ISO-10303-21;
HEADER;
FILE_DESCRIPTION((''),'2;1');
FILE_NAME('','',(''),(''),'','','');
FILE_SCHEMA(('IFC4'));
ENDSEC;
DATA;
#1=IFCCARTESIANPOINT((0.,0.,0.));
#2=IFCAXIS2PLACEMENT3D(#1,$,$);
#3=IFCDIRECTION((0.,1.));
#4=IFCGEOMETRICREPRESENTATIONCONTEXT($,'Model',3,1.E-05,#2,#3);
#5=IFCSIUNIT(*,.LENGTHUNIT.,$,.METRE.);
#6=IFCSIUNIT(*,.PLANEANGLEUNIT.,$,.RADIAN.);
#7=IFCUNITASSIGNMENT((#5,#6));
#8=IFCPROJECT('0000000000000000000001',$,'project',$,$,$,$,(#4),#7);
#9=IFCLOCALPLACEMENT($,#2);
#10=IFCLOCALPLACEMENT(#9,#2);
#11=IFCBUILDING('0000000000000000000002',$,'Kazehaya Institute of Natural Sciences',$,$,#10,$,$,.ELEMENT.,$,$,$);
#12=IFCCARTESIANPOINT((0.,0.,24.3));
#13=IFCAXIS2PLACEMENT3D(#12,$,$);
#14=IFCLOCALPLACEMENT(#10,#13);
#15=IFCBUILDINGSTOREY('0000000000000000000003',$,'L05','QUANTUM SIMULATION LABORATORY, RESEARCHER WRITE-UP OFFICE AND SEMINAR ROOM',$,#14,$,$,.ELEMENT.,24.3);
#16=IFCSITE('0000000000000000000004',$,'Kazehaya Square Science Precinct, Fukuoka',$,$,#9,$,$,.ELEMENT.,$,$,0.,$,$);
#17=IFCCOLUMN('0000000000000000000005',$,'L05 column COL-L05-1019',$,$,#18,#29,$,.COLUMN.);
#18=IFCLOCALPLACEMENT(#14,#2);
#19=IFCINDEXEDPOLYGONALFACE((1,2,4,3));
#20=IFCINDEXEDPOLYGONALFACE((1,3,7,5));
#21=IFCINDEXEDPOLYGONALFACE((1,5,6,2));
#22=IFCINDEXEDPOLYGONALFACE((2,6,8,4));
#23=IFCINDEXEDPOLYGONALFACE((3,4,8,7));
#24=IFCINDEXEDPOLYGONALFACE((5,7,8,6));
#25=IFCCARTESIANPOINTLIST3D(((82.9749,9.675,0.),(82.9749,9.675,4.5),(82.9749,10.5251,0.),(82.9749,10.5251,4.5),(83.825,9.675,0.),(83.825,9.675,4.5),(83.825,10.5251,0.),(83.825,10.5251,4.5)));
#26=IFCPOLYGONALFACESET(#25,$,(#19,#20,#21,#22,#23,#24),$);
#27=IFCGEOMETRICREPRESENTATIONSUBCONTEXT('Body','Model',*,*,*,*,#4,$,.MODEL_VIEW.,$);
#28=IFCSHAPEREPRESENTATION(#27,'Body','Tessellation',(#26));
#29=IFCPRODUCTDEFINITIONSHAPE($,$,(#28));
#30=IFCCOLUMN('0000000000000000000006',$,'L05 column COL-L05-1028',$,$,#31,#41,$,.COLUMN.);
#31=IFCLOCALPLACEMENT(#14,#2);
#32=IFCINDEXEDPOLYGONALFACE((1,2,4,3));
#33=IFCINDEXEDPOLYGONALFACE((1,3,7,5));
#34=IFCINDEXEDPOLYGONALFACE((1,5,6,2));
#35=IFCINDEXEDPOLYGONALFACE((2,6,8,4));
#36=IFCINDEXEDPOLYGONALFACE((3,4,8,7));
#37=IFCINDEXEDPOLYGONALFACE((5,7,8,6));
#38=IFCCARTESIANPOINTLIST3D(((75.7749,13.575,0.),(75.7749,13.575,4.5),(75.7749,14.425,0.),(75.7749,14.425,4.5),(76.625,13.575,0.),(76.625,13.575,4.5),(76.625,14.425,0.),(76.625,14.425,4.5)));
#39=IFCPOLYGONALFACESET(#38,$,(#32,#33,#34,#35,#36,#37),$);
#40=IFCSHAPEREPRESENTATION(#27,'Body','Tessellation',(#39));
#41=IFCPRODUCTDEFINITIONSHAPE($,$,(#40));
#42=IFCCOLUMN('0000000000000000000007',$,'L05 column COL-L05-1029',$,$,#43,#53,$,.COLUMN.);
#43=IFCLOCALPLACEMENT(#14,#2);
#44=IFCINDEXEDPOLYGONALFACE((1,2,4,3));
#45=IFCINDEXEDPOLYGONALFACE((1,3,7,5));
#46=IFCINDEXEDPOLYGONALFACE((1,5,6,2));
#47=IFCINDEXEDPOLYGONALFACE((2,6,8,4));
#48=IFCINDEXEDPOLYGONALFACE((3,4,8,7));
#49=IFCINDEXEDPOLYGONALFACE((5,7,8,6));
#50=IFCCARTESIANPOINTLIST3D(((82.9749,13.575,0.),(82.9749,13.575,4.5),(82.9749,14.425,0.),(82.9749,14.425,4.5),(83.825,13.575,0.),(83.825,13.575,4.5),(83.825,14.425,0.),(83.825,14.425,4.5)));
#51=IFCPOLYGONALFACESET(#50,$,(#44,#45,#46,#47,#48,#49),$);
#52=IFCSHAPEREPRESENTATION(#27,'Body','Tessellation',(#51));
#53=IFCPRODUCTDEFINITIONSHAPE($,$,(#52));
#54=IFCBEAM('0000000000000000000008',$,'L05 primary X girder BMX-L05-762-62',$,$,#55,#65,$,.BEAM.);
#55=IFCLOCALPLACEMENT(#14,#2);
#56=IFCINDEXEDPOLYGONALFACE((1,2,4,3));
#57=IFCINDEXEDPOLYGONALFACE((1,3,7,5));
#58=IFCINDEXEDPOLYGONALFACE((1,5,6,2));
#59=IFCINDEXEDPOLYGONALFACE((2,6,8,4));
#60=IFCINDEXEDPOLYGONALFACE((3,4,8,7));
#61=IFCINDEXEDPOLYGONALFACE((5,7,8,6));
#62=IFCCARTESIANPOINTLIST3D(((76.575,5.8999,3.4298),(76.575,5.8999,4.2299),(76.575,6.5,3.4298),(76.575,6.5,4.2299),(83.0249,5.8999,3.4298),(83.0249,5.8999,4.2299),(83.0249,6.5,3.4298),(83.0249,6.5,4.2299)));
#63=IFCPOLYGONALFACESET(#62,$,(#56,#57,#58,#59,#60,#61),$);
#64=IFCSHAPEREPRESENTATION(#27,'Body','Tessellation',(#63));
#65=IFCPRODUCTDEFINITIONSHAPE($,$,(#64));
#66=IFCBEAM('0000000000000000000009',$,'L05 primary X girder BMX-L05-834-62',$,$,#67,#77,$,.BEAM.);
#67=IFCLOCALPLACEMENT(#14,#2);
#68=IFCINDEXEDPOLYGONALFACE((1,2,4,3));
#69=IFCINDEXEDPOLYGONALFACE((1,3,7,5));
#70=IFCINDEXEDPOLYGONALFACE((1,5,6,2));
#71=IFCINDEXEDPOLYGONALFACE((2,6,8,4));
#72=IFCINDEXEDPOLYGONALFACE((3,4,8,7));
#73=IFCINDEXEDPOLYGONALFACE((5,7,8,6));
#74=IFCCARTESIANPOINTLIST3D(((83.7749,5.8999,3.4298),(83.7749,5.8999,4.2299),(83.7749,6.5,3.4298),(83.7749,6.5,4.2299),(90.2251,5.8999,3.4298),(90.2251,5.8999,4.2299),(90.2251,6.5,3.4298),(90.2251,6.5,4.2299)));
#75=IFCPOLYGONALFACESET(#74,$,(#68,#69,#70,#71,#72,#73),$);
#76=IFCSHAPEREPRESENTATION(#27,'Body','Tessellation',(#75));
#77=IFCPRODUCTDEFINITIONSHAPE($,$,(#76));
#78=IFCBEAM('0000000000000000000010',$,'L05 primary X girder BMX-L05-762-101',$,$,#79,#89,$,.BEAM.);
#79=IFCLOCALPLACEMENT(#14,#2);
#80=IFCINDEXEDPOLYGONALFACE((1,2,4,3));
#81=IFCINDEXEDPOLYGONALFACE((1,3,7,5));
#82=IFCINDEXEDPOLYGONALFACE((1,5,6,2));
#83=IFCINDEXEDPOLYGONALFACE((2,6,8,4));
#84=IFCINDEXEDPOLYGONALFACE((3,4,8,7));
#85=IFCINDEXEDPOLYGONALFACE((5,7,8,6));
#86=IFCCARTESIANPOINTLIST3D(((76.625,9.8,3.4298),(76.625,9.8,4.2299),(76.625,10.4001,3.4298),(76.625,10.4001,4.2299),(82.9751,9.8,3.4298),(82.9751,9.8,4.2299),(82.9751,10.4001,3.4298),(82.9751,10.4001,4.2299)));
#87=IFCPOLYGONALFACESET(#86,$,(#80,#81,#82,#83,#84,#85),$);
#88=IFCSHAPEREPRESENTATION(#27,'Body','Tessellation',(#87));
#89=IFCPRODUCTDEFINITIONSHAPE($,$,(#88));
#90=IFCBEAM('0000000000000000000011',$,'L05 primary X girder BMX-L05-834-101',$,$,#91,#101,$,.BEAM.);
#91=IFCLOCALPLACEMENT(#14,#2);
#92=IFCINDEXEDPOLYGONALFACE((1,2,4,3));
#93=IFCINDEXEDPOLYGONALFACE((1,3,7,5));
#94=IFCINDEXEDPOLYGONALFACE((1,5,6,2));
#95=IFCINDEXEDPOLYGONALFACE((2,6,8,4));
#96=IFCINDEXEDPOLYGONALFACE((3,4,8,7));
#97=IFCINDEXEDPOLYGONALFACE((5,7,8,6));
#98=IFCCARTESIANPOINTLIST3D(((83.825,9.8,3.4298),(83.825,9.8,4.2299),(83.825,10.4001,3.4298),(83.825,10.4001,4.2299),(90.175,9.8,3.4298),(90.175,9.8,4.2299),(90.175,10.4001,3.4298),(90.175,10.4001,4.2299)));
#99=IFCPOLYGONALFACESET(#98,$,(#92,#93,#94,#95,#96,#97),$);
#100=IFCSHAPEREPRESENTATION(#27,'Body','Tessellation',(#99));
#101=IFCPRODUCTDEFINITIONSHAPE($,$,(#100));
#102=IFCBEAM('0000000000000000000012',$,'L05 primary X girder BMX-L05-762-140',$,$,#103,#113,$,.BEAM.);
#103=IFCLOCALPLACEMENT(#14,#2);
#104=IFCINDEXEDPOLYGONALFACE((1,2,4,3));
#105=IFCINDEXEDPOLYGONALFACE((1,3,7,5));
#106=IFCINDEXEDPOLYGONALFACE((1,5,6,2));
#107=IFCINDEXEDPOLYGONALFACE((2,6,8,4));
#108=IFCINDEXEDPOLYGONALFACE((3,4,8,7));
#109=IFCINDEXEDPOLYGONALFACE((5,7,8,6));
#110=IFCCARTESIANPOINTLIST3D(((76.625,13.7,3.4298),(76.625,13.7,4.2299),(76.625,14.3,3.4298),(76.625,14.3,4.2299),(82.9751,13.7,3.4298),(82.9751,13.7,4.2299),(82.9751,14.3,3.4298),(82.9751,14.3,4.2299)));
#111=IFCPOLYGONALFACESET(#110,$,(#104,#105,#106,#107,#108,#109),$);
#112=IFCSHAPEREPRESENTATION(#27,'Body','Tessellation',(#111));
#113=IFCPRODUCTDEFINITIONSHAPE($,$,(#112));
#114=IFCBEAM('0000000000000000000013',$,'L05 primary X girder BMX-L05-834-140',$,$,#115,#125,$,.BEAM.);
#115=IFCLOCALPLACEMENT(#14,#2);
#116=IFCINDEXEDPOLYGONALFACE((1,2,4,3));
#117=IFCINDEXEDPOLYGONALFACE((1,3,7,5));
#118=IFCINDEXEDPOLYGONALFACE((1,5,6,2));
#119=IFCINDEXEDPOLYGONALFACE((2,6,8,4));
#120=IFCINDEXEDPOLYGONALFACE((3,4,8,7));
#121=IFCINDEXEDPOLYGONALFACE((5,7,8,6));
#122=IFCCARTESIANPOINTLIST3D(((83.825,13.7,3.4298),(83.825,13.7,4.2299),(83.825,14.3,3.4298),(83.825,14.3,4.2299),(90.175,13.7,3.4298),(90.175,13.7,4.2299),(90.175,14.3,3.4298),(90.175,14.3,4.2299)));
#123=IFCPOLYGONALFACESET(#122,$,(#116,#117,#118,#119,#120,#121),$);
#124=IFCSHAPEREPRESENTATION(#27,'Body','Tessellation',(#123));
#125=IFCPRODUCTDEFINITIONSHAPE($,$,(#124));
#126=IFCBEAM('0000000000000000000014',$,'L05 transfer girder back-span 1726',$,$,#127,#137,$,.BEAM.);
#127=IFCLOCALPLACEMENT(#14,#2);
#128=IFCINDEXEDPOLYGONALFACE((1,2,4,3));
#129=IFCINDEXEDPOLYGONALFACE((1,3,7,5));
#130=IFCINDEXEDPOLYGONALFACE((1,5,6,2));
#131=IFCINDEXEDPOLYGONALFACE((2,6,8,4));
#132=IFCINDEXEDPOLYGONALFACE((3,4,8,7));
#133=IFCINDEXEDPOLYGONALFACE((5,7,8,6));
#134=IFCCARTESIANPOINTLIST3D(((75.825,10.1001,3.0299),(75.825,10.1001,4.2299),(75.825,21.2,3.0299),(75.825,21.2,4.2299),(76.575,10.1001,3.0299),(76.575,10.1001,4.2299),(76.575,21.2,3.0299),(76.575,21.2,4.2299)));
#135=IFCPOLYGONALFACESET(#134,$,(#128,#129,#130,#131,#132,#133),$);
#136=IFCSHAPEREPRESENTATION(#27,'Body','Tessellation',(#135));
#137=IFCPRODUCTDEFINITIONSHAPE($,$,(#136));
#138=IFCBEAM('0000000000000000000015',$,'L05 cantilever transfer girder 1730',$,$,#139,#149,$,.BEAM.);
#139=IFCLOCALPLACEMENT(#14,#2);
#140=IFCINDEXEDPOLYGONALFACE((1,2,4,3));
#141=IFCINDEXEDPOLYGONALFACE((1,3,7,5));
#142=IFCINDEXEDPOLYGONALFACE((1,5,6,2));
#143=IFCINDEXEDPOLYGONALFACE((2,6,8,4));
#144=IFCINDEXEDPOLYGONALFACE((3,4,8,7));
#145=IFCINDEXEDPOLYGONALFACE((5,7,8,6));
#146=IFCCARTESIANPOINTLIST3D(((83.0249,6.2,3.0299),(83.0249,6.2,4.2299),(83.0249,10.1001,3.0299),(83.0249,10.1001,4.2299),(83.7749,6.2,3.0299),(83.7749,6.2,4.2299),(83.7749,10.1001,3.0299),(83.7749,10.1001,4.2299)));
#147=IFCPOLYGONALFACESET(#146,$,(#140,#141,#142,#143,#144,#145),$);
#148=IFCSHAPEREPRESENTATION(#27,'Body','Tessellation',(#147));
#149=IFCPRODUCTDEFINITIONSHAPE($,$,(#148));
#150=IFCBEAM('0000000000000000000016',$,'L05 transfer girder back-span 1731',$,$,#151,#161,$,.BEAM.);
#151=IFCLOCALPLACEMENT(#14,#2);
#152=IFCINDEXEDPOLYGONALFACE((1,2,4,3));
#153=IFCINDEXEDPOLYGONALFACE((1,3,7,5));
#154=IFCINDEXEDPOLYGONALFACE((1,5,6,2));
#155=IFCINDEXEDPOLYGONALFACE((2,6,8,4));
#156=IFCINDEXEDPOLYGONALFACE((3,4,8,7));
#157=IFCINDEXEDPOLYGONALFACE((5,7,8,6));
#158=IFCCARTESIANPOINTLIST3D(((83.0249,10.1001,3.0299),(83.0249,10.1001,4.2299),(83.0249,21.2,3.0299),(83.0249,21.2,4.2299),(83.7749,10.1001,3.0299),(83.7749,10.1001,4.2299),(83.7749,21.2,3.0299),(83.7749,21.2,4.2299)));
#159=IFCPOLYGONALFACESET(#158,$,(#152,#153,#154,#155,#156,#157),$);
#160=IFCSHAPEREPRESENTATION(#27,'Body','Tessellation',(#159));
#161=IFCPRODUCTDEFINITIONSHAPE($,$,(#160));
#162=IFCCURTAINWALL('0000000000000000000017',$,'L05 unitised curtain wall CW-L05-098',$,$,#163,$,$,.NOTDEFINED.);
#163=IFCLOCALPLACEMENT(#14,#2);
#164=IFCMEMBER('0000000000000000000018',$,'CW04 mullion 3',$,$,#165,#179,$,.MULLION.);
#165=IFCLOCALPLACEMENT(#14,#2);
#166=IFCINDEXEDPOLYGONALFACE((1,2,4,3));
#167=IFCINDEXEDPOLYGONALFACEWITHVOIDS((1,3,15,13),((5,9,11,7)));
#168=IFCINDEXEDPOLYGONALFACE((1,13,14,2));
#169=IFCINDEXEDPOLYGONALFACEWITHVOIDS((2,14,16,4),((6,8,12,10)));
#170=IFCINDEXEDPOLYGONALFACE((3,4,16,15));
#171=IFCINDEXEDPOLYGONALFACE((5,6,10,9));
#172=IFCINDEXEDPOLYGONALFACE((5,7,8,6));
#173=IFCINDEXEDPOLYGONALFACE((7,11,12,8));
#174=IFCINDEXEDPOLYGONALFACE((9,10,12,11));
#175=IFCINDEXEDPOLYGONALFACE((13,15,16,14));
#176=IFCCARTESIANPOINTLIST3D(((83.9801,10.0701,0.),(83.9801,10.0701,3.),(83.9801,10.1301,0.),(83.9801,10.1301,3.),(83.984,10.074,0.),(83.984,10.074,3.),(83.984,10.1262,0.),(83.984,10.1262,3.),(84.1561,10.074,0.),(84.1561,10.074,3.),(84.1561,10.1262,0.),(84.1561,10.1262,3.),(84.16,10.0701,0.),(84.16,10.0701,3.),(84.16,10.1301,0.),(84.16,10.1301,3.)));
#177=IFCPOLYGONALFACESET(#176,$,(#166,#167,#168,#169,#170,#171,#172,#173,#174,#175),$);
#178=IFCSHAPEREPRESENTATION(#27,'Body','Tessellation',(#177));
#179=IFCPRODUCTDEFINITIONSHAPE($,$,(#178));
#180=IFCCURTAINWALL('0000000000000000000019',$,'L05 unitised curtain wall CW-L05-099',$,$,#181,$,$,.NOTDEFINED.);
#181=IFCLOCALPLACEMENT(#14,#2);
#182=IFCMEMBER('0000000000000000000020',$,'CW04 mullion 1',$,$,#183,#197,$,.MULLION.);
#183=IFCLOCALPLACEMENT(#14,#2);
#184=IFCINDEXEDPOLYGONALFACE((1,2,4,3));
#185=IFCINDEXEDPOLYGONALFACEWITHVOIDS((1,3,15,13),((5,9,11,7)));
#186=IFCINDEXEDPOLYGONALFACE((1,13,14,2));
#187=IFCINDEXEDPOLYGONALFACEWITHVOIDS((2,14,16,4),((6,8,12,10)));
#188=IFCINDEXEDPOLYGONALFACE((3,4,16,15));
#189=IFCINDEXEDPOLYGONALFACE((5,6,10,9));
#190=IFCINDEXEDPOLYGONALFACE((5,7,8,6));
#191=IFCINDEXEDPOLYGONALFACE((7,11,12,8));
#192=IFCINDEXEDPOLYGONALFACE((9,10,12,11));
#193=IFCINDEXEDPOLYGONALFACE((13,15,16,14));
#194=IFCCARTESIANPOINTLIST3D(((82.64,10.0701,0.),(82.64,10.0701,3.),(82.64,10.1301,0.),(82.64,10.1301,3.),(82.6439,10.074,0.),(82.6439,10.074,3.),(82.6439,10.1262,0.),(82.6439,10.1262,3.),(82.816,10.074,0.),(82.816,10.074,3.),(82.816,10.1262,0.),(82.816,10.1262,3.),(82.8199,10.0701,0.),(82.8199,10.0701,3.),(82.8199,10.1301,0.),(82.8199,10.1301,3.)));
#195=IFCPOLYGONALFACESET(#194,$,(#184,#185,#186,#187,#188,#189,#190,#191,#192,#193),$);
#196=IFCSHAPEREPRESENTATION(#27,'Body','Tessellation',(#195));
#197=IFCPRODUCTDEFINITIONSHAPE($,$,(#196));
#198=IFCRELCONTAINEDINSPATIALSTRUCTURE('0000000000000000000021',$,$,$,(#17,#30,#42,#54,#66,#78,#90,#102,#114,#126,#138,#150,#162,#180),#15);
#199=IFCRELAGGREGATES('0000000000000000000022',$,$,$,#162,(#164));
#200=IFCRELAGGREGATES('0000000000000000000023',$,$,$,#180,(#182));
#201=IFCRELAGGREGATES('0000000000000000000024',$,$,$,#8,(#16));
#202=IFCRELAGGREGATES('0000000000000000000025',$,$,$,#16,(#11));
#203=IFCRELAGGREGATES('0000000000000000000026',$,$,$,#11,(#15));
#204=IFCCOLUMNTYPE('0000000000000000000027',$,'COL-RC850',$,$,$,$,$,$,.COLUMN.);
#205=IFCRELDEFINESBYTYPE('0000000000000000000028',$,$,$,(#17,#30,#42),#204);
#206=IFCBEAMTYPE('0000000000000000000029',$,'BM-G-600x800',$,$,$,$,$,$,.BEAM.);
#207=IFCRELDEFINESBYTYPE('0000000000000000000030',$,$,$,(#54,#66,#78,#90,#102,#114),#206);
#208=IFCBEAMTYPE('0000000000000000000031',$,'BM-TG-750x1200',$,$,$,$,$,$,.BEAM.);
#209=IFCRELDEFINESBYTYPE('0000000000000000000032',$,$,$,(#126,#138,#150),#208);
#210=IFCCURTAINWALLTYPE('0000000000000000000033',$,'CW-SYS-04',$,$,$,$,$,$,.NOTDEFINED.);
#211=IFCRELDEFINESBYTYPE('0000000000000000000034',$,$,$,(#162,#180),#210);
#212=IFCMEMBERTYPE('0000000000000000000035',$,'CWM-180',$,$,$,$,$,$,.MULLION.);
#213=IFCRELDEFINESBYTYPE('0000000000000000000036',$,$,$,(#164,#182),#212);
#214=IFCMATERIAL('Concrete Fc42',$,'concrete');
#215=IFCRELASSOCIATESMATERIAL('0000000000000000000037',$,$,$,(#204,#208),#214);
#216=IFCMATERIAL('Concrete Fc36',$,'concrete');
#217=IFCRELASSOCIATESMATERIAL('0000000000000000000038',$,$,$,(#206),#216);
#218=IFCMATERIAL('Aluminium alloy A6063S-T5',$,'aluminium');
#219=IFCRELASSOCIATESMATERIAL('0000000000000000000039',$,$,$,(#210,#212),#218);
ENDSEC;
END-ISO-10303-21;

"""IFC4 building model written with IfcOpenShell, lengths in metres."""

from ifc_helpers import new_model, si_unit, direction, frame, origin, origin_2d, place, context, subcontext, project, spatial, rectangle, hollow_rectangle, extrude, material, material_profile, profile_set, type_object, element, aggregate, save


model = new_model("IFC4")

# Units and contexts
model_context = context("Model", 3, precision=1e-05, world=origin(), true_north=direction((0.0, 1.0)))
body_context = subcontext(model_context, "Body", "Model", "MODEL_VIEW")
ifc_project = project(units=[si_unit("LENGTHUNIT", "METRE"), si_unit("PLANEANGLEUNIT", "RADIAN")], contexts=[model_context])

# Site, building, storey
site_placement = place(None, origin())
site = spatial("IfcSite", under=ifc_project, at=site_placement, Name="Kazehaya Square Science Precinct, Fukuoka", CompositionType="ELEMENT", RefElevation=0.0)
building_placement = place(site_placement, origin())
building = spatial("IfcBuilding", under=site, at=building_placement, Name="Kazehaya Institute of Natural Sciences", CompositionType="ELEMENT")
storey_placement = place(building_placement, frame((0.0, 0.0, 24.3)))
storey = spatial("IfcBuildingStorey", under=building, at=storey_placement, Name="L05", Description="QUANTUM SIMULATION LABORATORY, RESEARCHER WRITE-UP OFFICE AND SEMINAR ROOM", CompositionType="ELEMENT", Elevation=24.3)

# Columns
ifc_material_1 = material(Name="Concrete Fc42", Category="concrete")
ifc_material_profile_1 = material_profile(ifc_material_1, rectangle(XDim=0.8501, YDim=0.8501, at=origin_2d()), Name="RC-850x850")
ifc_profile_set_1 = profile_set([ifc_material_profile_1], Name="Concrete Fc42")
column_type = type_object("IfcColumnType", Name="COL-RC850", PredefinedType="COLUMN", material=ifc_profile_set_1)
for number, where, z_axis, x_axis, name in (
    (1, (83.3999, 10.1001, 0.0), (0.0, 0.0, 1.0), (1.0, 0.0, 0.0), "L05 column COL-L05-1019"),
    (2, (76.2, 14.0, 0.0), (0.0, 0.0, 1.0), (1.0, 0.0, 0.0), "L05 column COL-L05-1028"),
    (3, (83.3999, 14.0, 0.0), (0.0, 0.0, 1.0), (1.0, 0.0, 0.0), "L05 column COL-L05-1029"),
):
    element("IfcColumn", number, at=place(storey_placement, frame(where, z_axis=z_axis, x_axis=x_axis)), inside=storey, type_object=column_type, Name=name, PredefinedType="COLUMN", context=body_context, shape_type="SweptSolid", body=[
        extrude(rectangle(XDim=0.8501, YDim=0.8501, at=origin_2d()), origin(), (0.0, 0.0, 1.0), 4.5),
    ])

# Beams
ifc_material_2 = material(Name="Concrete Fc36", Category="concrete")
ifc_material_profile_2 = material_profile(ifc_material_2, rectangle(XDim=0.6001, YDim=0.8, at=origin_2d()), Name="RC-600x800")
ifc_profile_set_2 = profile_set([ifc_material_profile_2], Name="Concrete Fc36")
beam_type_1 = type_object("IfcBeamType", Name="BM-G-600x800", PredefinedType="BEAM", material=ifc_profile_set_2)
beam_1_placement = place(storey_placement, frame((76.575, 6.2, 3.8298), z_axis=(1.0, 0.0, 0.0), x_axis=(0.0, 1.0, 0.0)))
element("IfcBeam", 4, at=beam_1_placement, inside=storey, type_object=beam_type_1, Name="L05 primary X girder BMX-L05-762-62", PredefinedType="BEAM", context=body_context, shape_type="SweptSolid", body=[
    extrude(rectangle(XDim=0.6001, YDim=0.8, at=origin_2d()), origin(), (0.0, 0.0, 1.0), 6.45),
])
beam_2_placement = place(storey_placement, frame((83.7749, 6.2, 3.8298), z_axis=(1.0, 0.0, 0.0), x_axis=(0.0, 1.0, 0.0)))
element("IfcBeam", 5, at=beam_2_placement, inside=storey, type_object=beam_type_1, Name="L05 primary X girder BMX-L05-834-62", PredefinedType="BEAM", context=body_context, shape_type="SweptSolid", body=[
    extrude(rectangle(XDim=0.6001, YDim=0.8, at=origin_2d()), origin(), (0.0, 0.0, 1.0), 6.4502),
])
for number, where, z_axis, x_axis, name in (
    (6, (76.625, 10.1001, 3.8298), (1.0, 0.0, 0.0), (0.0, 1.0, 0.0), "L05 primary X girder BMX-L05-762-101"),
    (7, (83.825, 10.1001, 3.8298), (1.0, 0.0, 0.0), (0.0, 1.0, 0.0), "L05 primary X girder BMX-L05-834-101"),
    (8, (76.625, 14.0, 3.8298), (1.0, 0.0, 0.0), (0.0, 1.0, 0.0), "L05 primary X girder BMX-L05-762-140"),
    (9, (83.825, 14.0, 3.8298), (1.0, 0.0, 0.0), (0.0, 1.0, 0.0), "L05 primary X girder BMX-L05-834-140"),
):
    element("IfcBeam", number, at=place(storey_placement, frame(where, z_axis=z_axis, x_axis=x_axis)), inside=storey, type_object=beam_type_1, Name=name, PredefinedType="BEAM", context=body_context, shape_type="SweptSolid", body=[
        extrude(rectangle(XDim=0.6001, YDim=0.8, at=origin_2d()), origin(), (0.0, 0.0, 1.0), 6.3501),
    ])
ifc_material_profile_3 = material_profile(ifc_material_1, rectangle(XDim=0.75, YDim=1.2, at=origin_2d()), Name="RC-750x1200")
ifc_profile_set_3 = profile_set([ifc_material_profile_3], Name="Concrete Fc42")
beam_type_2 = type_object("IfcBeamType", Name="BM-TG-750x1200", PredefinedType="BEAM", material=ifc_profile_set_3)
beam_3_placement = place(storey_placement, frame((76.2, 10.1001, 3.6299), z_axis=(0.0, 1.0, 0.0), x_axis=(-1.0, 0.0, 0.0)))
element("IfcBeam", 10, at=beam_3_placement, inside=storey, type_object=beam_type_2, Name="L05 transfer girder back-span 1726", PredefinedType="BEAM", context=body_context, shape_type="SweptSolid", body=[
    extrude(rectangle(XDim=0.75, YDim=1.2, at=origin_2d()), origin(), (0.0, 0.0, 1.0), 11.0999),
])
beam_4_placement = place(storey_placement, frame((83.3999, 6.2, 3.6299), z_axis=(0.0, 1.0, 0.0), x_axis=(-1.0, 0.0, 0.0)))
element("IfcBeam", 11, at=beam_4_placement, inside=storey, type_object=beam_type_2, Name="L05 cantilever transfer girder 1730", PredefinedType="BEAM", context=body_context, shape_type="SweptSolid", body=[
    extrude(rectangle(XDim=0.75, YDim=1.2, at=origin_2d()), origin(), (0.0, 0.0, 1.0), 3.9001),
])
beam_5_placement = place(storey_placement, frame((83.3999, 10.1001, 3.6299), z_axis=(0.0, 1.0, 0.0), x_axis=(-1.0, 0.0, 0.0)))
element("IfcBeam", 12, at=beam_5_placement, inside=storey, type_object=beam_type_2, Name="L05 transfer girder back-span 1731", PredefinedType="BEAM", context=body_context, shape_type="SweptSolid", body=[
    extrude(rectangle(XDim=0.75, YDim=1.2, at=origin_2d()), origin(), (0.0, 0.0, 1.0), 11.0999),
])

# Curtain wall, member
ifc_material_3 = material(Name="Aluminium alloy A6063S-T5", Category="aluminium")
curtain_wall_type = type_object("IfcCurtainWallType", Name="CW-SYS-04", PredefinedType="NOTDEFINED", material=ifc_material_3)
curtain_wall_1_placement = place(storey_placement, origin())
curtain_wall_1 = element("IfcCurtainWall", 13, at=curtain_wall_1_placement, inside=storey, type_object=curtain_wall_type, Name="L05 unitised curtain wall CW-L05-098", PredefinedType="NOTDEFINED")
ifc_material_profile_4 = material_profile(ifc_material_3, hollow_rectangle(XDim=0.0601, YDim=0.1799, WallThickness=0.0039, at=origin_2d()), Name="ALU-60x180x4")
ifc_profile_set_4 = profile_set([ifc_material_profile_4], Name="Aluminium alloy A6063S-T5")
member_type_1 = type_object("IfcMemberType", Name="CWM-180", PredefinedType="MULLION", material=ifc_profile_set_4)
member_1_placement = place(storey_placement, frame((84.0701, 10.1001, 0.0), z_axis=(0.0, 0.0, 1.0), x_axis=(0.0, -1.0, 0.0)))
member_1 = element("IfcMember", 14, at=member_1_placement, type_object=member_type_1, Name="CW04 mullion 3", PredefinedType="MULLION", context=body_context, shape_type="SweptSolid", body=[
    extrude(hollow_rectangle(XDim=0.0601, YDim=0.1799, WallThickness=0.0039, at=origin_2d()), origin(), (0.0, 0.0, 1.0), 3.0),
])
aggregate(curtain_wall_1, [member_1])

# Curtain wall, member
curtain_wall_2_placement = place(storey_placement, origin())
curtain_wall_2 = element("IfcCurtainWall", 15, at=curtain_wall_2_placement, inside=storey, type_object=curtain_wall_type, Name="L05 unitised curtain wall CW-L05-099", PredefinedType="NOTDEFINED")
member_2_placement = place(storey_placement, frame((82.73, 10.1001, 0.0), z_axis=(0.0, 0.0, 1.0), x_axis=(0.0, -1.0, 0.0)))
member_2 = element("IfcMember", 16, at=member_2_placement, type_object=member_type_1, Name="CW04 mullion 1", PredefinedType="MULLION", context=body_context, shape_type="SweptSolid", body=[
    extrude(hollow_rectangle(XDim=0.0601, YDim=0.1799, WallThickness=0.0039, at=origin_2d()), origin(), (0.0, 0.0, 1.0), 3.0),
])

aggregate(curtain_wall_2, [member_2])

save(model, "model.ifc")
